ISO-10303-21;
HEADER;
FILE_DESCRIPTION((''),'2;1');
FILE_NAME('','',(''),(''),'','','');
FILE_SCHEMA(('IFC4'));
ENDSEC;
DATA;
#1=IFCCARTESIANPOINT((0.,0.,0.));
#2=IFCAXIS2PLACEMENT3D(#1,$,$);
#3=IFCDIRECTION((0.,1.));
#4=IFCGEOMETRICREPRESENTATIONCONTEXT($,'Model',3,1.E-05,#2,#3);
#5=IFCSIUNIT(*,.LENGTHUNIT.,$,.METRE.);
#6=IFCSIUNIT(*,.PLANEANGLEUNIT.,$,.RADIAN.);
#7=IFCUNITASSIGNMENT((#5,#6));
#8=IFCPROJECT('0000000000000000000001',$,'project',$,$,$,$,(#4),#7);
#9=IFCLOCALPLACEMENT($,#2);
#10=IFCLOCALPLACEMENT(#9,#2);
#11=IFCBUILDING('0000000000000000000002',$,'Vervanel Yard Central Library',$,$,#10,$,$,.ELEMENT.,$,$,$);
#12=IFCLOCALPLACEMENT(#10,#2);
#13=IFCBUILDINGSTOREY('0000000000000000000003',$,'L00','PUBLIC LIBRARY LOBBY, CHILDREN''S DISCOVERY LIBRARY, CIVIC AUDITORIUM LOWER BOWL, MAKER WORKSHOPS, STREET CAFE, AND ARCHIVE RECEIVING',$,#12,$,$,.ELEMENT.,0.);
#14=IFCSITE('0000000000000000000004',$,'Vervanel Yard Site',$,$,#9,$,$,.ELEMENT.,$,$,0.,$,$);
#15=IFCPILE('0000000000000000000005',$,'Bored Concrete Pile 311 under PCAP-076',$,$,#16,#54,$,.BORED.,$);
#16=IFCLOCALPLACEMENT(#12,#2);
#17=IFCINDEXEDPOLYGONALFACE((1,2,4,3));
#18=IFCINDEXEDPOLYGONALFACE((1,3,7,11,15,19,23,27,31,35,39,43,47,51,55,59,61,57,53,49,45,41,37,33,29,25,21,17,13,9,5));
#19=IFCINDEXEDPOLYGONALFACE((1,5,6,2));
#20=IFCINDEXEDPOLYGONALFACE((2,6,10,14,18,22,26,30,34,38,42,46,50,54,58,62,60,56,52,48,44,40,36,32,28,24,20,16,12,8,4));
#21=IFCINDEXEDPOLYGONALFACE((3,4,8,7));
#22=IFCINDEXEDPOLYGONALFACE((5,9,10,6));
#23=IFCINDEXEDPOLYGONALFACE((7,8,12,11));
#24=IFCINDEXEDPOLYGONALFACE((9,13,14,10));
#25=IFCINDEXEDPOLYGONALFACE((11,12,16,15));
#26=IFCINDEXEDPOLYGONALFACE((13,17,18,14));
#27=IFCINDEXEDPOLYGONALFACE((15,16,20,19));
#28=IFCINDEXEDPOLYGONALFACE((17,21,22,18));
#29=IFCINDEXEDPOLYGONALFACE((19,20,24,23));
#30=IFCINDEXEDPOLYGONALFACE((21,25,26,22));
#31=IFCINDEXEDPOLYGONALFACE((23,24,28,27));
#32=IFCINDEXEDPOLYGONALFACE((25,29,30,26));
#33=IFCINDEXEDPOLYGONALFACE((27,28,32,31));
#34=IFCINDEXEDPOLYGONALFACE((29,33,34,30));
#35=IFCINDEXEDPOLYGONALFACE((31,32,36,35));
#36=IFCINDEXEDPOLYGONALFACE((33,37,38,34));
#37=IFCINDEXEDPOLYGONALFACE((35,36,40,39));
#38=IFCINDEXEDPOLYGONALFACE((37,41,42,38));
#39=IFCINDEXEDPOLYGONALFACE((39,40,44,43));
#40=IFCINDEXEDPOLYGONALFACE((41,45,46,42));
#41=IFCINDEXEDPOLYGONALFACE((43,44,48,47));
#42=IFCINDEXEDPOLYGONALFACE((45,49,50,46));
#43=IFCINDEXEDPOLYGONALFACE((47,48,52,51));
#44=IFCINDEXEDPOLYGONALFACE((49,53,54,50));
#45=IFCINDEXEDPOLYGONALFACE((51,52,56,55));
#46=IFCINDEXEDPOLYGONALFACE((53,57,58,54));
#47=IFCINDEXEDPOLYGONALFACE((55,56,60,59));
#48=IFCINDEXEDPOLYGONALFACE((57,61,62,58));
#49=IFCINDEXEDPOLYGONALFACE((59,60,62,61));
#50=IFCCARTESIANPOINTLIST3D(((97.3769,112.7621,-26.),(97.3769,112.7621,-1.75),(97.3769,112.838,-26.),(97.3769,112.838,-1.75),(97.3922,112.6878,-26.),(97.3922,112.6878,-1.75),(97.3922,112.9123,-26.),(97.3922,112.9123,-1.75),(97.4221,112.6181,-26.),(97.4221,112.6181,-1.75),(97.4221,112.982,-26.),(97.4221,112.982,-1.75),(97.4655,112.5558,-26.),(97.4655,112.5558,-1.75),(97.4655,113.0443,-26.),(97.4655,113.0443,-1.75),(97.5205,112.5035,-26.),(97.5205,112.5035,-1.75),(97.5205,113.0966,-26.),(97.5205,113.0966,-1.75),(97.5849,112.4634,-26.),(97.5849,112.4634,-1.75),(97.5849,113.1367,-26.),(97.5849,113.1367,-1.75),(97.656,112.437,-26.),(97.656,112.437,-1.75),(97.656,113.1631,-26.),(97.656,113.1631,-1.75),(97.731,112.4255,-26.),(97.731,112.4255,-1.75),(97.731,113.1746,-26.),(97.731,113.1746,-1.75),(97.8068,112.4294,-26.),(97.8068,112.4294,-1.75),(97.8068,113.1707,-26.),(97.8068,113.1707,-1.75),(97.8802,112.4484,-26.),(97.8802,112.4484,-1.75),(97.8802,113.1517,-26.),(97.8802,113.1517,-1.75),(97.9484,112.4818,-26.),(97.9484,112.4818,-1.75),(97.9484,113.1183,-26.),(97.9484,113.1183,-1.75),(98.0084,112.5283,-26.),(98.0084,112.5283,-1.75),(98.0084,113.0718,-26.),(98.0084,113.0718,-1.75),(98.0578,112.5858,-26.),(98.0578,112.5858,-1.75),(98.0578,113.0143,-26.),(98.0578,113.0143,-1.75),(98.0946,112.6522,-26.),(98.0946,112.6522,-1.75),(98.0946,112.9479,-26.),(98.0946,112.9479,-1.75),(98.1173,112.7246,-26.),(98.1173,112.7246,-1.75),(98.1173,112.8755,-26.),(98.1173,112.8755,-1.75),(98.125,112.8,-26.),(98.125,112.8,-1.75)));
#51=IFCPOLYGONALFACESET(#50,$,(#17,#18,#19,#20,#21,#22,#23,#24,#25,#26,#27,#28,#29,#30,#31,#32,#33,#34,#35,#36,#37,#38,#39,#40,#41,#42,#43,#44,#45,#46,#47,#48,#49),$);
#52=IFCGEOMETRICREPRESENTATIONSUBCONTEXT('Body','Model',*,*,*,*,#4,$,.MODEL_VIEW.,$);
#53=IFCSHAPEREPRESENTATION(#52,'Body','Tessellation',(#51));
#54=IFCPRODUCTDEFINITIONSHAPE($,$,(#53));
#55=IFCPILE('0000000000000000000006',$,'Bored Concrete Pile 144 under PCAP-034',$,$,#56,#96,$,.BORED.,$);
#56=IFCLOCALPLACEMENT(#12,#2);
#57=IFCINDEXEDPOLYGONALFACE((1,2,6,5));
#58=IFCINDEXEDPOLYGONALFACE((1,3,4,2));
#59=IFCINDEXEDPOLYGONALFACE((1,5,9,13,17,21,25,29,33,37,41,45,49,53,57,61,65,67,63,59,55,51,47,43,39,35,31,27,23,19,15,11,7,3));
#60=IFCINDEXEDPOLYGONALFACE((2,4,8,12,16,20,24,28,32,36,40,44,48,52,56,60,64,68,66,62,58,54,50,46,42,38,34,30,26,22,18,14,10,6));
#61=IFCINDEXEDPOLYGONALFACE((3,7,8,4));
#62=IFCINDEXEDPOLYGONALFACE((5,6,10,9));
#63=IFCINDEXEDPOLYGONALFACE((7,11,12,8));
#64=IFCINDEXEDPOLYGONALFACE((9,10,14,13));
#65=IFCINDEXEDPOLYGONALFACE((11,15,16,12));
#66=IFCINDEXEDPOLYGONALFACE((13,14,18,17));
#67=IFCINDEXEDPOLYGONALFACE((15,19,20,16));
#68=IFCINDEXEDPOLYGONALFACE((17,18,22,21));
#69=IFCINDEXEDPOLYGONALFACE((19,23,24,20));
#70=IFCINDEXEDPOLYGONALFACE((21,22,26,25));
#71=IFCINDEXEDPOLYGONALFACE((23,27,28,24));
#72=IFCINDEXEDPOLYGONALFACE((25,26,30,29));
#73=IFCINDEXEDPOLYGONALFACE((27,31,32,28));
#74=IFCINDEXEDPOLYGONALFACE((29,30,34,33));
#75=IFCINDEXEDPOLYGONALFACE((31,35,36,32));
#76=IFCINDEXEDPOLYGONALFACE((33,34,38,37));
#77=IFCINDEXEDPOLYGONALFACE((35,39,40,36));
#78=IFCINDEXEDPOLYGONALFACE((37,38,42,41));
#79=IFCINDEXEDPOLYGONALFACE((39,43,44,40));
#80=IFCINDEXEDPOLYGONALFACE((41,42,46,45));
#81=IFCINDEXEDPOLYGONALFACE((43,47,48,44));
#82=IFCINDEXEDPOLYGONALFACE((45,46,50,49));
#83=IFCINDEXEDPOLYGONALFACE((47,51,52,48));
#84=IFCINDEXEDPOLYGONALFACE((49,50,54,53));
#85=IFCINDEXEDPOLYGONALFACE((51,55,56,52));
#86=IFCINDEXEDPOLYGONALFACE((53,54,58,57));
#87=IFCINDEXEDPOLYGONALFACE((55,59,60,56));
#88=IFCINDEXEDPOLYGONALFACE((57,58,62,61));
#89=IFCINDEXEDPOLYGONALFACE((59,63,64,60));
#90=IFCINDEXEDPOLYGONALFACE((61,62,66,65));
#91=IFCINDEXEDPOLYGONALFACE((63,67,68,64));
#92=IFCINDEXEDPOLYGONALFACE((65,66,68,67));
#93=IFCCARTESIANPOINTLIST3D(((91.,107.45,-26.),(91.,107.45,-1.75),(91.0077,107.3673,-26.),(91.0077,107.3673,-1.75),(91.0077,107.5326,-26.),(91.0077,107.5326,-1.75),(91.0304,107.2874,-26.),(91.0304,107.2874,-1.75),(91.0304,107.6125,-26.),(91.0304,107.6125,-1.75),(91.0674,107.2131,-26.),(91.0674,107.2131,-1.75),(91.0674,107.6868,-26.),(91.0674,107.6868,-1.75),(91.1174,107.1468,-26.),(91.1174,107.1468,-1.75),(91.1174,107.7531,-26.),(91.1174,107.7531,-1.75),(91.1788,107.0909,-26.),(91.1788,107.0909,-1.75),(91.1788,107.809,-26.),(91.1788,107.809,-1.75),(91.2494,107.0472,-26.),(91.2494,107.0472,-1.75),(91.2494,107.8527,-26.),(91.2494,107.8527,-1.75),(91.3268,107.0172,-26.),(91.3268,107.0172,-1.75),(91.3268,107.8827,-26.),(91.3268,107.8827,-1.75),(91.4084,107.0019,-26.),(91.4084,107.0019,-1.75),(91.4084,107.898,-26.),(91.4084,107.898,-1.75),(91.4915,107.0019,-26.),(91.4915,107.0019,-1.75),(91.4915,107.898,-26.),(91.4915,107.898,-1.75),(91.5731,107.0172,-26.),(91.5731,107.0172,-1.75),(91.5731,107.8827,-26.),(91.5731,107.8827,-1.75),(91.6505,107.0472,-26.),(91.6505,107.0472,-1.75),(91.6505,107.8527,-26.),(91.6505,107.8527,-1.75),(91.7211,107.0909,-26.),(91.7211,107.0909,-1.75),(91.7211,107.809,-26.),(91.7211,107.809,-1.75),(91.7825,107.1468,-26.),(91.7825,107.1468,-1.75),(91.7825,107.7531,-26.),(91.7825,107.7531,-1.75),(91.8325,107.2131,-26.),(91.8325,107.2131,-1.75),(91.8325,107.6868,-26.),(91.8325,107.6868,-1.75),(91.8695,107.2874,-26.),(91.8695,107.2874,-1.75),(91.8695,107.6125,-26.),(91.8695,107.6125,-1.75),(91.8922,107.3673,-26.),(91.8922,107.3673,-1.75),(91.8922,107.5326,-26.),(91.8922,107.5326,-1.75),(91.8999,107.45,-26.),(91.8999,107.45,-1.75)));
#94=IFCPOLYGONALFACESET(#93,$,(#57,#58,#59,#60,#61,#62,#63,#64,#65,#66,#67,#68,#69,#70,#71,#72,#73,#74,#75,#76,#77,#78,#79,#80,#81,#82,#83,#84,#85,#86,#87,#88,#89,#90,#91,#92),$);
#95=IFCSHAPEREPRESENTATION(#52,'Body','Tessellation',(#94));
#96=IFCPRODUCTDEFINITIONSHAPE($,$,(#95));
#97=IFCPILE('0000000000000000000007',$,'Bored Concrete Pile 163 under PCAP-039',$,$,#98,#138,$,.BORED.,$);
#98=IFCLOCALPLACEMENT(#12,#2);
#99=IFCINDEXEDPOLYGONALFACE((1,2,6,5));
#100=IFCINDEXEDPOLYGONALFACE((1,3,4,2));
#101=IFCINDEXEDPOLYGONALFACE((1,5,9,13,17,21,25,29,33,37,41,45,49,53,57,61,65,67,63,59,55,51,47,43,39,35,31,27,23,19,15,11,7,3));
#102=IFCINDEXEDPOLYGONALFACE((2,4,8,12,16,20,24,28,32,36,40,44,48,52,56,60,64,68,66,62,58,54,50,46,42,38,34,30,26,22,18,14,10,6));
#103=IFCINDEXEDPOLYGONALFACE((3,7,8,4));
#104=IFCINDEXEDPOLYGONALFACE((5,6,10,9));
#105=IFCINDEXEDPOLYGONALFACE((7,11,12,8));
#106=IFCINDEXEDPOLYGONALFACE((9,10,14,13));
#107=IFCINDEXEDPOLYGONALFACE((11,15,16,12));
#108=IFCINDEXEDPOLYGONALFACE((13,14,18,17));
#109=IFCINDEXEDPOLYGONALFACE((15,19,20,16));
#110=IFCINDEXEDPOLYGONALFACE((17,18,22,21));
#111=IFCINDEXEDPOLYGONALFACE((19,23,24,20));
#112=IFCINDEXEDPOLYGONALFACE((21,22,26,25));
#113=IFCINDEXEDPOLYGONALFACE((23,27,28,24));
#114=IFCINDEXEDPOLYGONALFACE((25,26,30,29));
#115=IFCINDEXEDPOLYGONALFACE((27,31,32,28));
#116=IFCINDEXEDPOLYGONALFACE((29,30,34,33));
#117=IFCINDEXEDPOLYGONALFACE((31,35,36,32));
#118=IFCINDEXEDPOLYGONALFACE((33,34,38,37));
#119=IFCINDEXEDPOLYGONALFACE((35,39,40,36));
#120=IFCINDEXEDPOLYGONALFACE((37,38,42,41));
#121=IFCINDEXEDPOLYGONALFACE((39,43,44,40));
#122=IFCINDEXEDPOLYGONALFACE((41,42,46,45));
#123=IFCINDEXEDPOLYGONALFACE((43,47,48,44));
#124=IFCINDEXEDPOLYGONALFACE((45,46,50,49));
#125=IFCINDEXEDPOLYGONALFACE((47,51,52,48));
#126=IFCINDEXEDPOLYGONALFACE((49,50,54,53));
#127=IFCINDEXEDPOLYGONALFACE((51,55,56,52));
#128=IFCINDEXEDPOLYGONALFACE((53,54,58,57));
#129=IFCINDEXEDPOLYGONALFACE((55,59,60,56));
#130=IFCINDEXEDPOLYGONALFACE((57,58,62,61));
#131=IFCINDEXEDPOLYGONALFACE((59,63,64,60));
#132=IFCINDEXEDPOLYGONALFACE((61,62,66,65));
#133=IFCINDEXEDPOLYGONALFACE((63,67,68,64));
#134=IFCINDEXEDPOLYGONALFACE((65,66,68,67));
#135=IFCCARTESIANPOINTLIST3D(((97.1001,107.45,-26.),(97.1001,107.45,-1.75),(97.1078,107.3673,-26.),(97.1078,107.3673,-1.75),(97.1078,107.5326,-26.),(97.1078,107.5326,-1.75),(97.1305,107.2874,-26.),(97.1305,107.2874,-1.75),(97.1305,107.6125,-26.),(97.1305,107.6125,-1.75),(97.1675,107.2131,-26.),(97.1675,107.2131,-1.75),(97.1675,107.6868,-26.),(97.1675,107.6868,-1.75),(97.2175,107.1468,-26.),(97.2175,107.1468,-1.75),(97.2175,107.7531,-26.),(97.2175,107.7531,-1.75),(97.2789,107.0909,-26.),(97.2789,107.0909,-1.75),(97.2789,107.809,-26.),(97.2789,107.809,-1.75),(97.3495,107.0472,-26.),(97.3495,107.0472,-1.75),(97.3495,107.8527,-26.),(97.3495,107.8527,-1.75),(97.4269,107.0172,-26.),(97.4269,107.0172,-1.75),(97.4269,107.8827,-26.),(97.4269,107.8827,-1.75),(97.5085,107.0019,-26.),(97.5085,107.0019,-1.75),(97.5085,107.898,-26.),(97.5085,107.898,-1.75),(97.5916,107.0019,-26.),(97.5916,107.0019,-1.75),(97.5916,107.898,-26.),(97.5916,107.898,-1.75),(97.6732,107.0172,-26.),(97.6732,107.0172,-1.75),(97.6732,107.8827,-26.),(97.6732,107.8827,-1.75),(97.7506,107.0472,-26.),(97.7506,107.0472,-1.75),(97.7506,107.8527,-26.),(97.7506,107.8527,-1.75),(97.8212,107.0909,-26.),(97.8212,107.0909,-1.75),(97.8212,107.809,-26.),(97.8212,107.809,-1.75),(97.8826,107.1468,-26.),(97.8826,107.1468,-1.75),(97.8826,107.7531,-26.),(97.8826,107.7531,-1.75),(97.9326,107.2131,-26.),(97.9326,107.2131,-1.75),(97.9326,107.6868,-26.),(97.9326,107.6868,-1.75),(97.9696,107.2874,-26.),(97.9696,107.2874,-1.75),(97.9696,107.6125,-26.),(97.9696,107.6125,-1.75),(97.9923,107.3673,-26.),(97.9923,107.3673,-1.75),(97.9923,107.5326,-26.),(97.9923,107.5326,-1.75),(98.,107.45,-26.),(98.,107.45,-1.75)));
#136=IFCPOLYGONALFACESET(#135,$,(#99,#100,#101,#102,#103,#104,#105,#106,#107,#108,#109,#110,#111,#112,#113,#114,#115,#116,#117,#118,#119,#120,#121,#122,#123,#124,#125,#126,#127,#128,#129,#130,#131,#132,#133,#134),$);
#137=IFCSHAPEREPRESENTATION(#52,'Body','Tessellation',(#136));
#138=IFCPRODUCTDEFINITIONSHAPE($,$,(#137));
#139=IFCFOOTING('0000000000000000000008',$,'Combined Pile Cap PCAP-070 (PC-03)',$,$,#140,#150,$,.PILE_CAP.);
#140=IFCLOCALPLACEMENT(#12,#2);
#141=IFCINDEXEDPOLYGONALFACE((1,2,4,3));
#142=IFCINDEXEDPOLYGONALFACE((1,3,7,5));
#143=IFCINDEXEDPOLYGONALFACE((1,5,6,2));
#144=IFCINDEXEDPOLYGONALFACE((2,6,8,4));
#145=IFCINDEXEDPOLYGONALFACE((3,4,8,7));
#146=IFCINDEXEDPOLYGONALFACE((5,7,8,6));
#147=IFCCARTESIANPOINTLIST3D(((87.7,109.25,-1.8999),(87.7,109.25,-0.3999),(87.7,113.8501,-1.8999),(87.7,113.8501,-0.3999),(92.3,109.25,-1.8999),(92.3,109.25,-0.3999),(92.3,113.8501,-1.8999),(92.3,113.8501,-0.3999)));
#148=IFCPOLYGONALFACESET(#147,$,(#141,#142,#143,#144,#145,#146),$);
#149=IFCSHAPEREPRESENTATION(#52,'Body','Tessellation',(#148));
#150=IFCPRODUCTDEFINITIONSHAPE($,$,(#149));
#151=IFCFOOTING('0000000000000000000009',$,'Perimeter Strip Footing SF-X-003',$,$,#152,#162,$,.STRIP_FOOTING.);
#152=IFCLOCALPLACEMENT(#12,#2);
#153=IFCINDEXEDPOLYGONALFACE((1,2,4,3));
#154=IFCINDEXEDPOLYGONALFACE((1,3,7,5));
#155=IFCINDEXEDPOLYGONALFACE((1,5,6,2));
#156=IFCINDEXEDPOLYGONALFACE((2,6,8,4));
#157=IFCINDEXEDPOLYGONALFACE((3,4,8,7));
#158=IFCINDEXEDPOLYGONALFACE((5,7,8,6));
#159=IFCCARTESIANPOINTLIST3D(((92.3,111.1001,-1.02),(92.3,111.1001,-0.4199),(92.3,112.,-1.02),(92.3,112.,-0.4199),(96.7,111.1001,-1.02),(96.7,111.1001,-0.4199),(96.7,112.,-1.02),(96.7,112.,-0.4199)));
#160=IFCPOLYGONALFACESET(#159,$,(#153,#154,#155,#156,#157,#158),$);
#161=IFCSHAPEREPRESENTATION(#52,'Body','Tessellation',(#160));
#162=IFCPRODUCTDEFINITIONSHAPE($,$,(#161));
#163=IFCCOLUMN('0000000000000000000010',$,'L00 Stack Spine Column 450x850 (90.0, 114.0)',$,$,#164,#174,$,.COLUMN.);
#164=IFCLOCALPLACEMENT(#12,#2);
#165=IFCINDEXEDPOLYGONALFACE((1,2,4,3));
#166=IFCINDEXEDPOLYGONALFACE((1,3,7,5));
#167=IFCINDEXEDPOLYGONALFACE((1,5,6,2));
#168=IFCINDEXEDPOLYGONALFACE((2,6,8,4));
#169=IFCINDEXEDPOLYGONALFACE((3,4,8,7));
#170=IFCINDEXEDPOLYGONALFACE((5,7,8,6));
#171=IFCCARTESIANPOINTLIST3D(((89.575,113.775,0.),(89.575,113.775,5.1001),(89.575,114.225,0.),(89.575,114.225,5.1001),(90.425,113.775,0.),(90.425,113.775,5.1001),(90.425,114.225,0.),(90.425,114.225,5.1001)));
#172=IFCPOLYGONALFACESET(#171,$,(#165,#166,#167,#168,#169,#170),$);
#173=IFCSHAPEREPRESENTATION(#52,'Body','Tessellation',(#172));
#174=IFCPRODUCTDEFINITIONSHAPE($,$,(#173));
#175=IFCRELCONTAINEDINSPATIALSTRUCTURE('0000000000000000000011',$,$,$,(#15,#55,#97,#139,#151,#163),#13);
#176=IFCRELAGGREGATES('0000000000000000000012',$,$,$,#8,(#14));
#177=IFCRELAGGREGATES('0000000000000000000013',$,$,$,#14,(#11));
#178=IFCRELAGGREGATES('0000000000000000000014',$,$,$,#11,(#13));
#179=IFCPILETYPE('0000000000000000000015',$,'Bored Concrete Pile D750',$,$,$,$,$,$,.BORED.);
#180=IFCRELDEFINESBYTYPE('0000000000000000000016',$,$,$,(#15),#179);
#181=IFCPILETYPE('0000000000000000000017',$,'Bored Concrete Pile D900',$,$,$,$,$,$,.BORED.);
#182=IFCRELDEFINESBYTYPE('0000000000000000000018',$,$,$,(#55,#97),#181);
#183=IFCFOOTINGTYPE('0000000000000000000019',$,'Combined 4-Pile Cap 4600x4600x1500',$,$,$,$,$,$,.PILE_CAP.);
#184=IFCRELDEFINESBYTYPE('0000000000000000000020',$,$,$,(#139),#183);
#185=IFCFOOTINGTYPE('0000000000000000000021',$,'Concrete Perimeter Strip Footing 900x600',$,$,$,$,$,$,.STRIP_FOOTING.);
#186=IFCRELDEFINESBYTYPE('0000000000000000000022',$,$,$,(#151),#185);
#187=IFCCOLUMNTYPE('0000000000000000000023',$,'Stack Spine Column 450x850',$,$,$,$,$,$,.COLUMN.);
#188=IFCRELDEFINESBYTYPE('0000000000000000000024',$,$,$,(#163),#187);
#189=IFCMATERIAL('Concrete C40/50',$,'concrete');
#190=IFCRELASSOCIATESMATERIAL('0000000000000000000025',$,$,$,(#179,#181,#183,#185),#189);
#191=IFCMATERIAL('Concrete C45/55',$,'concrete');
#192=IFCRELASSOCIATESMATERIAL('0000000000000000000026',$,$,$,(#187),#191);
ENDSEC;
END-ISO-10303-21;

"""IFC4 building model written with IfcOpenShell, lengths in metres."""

from ifc_helpers import new_model, si_unit, direction, frame, origin, origin_2d, place, context, subcontext, project, spatial, rectangle, circle, extrude, material, material_profile, profile_set, type_object, element, save


model = new_model("IFC4")

# Units and contexts
model_context = context("Model", 3, precision=1e-05, world=origin(), true_north=direction((0.0, 1.0)))
body_context = subcontext(model_context, "Body", "Model", "MODEL_VIEW")
ifc_project = project(units=[si_unit("LENGTHUNIT", "METRE"), si_unit("PLANEANGLEUNIT", "RADIAN")], contexts=[model_context])

# Site, building, storey
site_placement = place(None, origin())
site = spatial("IfcSite", under=ifc_project, at=site_placement, Name="Vervanel Yard Site", CompositionType="ELEMENT", RefElevation=0.0)
building_placement = place(site_placement, origin())
building = spatial("IfcBuilding", under=site, at=building_placement, Name="Vervanel Yard Central Library", CompositionType="ELEMENT")
storey_placement = place(building_placement, origin())
storey = spatial("IfcBuildingStorey", under=building, at=storey_placement, Name="L00", Description="PUBLIC LIBRARY LOBBY, CHILDREN'S DISCOVERY LIBRARY, CIVIC AUDITORIUM LOWER BOWL, MAKER WORKSHOPS, STREET CAFE, AND ARCHIVE RECEIVING", CompositionType="ELEMENT", Elevation=0.0)

# Piles
ifc_material_1 = material(Name="Concrete C40/50", Category="concrete")
ifc_material_profile_1 = material_profile(ifc_material_1, circle(Radius=0.375, at=origin_2d()), Name="BP D750", Category="concrete")
ifc_profile_set_1 = profile_set([ifc_material_profile_1], Name="Concrete C40/50")
pile_type_1 = type_object("IfcPileType", Name="Bored Concrete Pile D750", PredefinedType="BORED", material=ifc_profile_set_1)
for number, where, z_axis, x_axis, name in (
    (1, (97.75, 112.8, -1.75), (0.0, 0.0, -1.0), (1.0, 0.0, 0.0), "Bored Concrete Pile 311 under PCAP-076"),
):
    element("IfcPile", number, at=place(storey_placement, frame(where, z_axis=z_axis, x_axis=x_axis)), inside=storey, type_object=pile_type_1, Name=name, PredefinedType="BORED", context=body_context, shape_type="SweptSolid", body=[
        extrude(circle(Radius=0.375, at=origin_2d()), origin(), (0.0, 0.0, 1.0), 24.25),
    ])
ifc_material_profile_2 = material_profile(ifc_material_1, circle(Radius=0.45, at=origin_2d()), Name="BP D900", Category="concrete")
ifc_profile_set_2 = profile_set([ifc_material_profile_2], Name="Concrete C40/50")
pile_type_2 = type_object("IfcPileType", Name="Bored Concrete Pile D900", PredefinedType="BORED", material=ifc_profile_set_2)
for number, where, z_axis, x_axis, name in (
    (2, (91.45, 107.45, -1.75), (0.0, 0.0, -1.0), (1.0, 0.0, 0.0), "Bored Concrete Pile 144 under PCAP-034"),
    (3, (97.55, 107.45, -1.75), (0.0, 0.0, -1.0), (1.0, 0.0, 0.0), "Bored Concrete Pile 163 under PCAP-039"),
):
    element("IfcPile", number, at=place(storey_placement, frame(where, z_axis=z_axis, x_axis=x_axis)), inside=storey, type_object=pile_type_2, Name=name, PredefinedType="BORED", context=body_context, shape_type="SweptSolid", body=[
        extrude(circle(Radius=0.45, at=origin_2d()), origin(), (0.0, 0.0, 1.0), 24.25),
    ])

# Footings
footing_type_1 = type_object("IfcFootingType", Name="Combined 4-Pile Cap 4600x4600x1500", PredefinedType="PILE_CAP", material=ifc_material_1)
footing_1_placement = place(storey_placement, frame((90.0, 111.55, -1.8999), z_axis=(0.0, 0.0, 1.0), x_axis=(1.0, 0.0, 0.0)))
element("IfcFooting", 4, at=footing_1_placement, inside=storey, type_object=footing_type_1, Name="Combined Pile Cap PCAP-070 (PC-03)", PredefinedType="PILE_CAP", context=body_context, shape_type="SweptSolid", body=[
    extrude(rectangle(XDim=4.6001, YDim=4.6001, at=origin_2d()), origin(), (0.0, 0.0, 1.0), 1.5),
])
ifc_material_profile_3 = material_profile(ifc_material_1, rectangle(XDim=0.8999, YDim=0.6001, at=origin_2d()), Name="RC 900x600", Category="concrete")
ifc_profile_set_3 = profile_set([ifc_material_profile_3], Name="Concrete C40/50")
footing_type_2 = type_object("IfcFootingType", Name="Concrete Perimeter Strip Footing 900x600", PredefinedType="STRIP_FOOTING", material=ifc_profile_set_3)
footing_2_placement = place(storey_placement, frame((92.3, 111.55, -0.72), z_axis=(1.0, 0.0, 0.0), x_axis=(0.0, 1.0, 0.0)))
element("IfcFooting", 5, at=footing_2_placement, inside=storey, type_object=footing_type_2, Name="Perimeter Strip Footing SF-X-003", PredefinedType="STRIP_FOOTING", context=body_context, shape_type="SweptSolid", body=[
    extrude(rectangle(XDim=0.8999, YDim=0.6001, at=origin_2d()), origin(), (0.0, 0.0, 1.0), 4.3999),
])

# Column
ifc_material_2 = material(Name="Concrete C45/55", Category="concrete")
ifc_material_profile_4 = material_profile(ifc_material_2, rectangle(XDim=0.45, YDim=0.8501, at=origin_2d()), Name="RC 450x850", Category="concrete")
ifc_profile_set_4 = profile_set([ifc_material_profile_4], Name="Concrete C45/55")
column_type = type_object("IfcColumnType", Name="Stack Spine Column 450x850", PredefinedType="COLUMN", material=ifc_profile_set_4)
column_placement = place(storey_placement, frame((90.0, 114.0, 0.0), z_axis=(0.0, 0.0, 1.0), x_axis=(0.0, 1.0, 0.0)))
element("IfcColumn", 6, at=column_placement, inside=storey, type_object=column_type, Name="L00 Stack Spine Column 450x850 (90.0, 114.0)", PredefinedType="COLUMN", context=body_context, shape_type="SweptSolid", body=[
    extrude(rectangle(XDim=0.45, YDim=0.8501, at=origin_2d()), origin(), (0.0, 0.0, 1.0), 5.1001),
])

save(model, "model.ifc")
